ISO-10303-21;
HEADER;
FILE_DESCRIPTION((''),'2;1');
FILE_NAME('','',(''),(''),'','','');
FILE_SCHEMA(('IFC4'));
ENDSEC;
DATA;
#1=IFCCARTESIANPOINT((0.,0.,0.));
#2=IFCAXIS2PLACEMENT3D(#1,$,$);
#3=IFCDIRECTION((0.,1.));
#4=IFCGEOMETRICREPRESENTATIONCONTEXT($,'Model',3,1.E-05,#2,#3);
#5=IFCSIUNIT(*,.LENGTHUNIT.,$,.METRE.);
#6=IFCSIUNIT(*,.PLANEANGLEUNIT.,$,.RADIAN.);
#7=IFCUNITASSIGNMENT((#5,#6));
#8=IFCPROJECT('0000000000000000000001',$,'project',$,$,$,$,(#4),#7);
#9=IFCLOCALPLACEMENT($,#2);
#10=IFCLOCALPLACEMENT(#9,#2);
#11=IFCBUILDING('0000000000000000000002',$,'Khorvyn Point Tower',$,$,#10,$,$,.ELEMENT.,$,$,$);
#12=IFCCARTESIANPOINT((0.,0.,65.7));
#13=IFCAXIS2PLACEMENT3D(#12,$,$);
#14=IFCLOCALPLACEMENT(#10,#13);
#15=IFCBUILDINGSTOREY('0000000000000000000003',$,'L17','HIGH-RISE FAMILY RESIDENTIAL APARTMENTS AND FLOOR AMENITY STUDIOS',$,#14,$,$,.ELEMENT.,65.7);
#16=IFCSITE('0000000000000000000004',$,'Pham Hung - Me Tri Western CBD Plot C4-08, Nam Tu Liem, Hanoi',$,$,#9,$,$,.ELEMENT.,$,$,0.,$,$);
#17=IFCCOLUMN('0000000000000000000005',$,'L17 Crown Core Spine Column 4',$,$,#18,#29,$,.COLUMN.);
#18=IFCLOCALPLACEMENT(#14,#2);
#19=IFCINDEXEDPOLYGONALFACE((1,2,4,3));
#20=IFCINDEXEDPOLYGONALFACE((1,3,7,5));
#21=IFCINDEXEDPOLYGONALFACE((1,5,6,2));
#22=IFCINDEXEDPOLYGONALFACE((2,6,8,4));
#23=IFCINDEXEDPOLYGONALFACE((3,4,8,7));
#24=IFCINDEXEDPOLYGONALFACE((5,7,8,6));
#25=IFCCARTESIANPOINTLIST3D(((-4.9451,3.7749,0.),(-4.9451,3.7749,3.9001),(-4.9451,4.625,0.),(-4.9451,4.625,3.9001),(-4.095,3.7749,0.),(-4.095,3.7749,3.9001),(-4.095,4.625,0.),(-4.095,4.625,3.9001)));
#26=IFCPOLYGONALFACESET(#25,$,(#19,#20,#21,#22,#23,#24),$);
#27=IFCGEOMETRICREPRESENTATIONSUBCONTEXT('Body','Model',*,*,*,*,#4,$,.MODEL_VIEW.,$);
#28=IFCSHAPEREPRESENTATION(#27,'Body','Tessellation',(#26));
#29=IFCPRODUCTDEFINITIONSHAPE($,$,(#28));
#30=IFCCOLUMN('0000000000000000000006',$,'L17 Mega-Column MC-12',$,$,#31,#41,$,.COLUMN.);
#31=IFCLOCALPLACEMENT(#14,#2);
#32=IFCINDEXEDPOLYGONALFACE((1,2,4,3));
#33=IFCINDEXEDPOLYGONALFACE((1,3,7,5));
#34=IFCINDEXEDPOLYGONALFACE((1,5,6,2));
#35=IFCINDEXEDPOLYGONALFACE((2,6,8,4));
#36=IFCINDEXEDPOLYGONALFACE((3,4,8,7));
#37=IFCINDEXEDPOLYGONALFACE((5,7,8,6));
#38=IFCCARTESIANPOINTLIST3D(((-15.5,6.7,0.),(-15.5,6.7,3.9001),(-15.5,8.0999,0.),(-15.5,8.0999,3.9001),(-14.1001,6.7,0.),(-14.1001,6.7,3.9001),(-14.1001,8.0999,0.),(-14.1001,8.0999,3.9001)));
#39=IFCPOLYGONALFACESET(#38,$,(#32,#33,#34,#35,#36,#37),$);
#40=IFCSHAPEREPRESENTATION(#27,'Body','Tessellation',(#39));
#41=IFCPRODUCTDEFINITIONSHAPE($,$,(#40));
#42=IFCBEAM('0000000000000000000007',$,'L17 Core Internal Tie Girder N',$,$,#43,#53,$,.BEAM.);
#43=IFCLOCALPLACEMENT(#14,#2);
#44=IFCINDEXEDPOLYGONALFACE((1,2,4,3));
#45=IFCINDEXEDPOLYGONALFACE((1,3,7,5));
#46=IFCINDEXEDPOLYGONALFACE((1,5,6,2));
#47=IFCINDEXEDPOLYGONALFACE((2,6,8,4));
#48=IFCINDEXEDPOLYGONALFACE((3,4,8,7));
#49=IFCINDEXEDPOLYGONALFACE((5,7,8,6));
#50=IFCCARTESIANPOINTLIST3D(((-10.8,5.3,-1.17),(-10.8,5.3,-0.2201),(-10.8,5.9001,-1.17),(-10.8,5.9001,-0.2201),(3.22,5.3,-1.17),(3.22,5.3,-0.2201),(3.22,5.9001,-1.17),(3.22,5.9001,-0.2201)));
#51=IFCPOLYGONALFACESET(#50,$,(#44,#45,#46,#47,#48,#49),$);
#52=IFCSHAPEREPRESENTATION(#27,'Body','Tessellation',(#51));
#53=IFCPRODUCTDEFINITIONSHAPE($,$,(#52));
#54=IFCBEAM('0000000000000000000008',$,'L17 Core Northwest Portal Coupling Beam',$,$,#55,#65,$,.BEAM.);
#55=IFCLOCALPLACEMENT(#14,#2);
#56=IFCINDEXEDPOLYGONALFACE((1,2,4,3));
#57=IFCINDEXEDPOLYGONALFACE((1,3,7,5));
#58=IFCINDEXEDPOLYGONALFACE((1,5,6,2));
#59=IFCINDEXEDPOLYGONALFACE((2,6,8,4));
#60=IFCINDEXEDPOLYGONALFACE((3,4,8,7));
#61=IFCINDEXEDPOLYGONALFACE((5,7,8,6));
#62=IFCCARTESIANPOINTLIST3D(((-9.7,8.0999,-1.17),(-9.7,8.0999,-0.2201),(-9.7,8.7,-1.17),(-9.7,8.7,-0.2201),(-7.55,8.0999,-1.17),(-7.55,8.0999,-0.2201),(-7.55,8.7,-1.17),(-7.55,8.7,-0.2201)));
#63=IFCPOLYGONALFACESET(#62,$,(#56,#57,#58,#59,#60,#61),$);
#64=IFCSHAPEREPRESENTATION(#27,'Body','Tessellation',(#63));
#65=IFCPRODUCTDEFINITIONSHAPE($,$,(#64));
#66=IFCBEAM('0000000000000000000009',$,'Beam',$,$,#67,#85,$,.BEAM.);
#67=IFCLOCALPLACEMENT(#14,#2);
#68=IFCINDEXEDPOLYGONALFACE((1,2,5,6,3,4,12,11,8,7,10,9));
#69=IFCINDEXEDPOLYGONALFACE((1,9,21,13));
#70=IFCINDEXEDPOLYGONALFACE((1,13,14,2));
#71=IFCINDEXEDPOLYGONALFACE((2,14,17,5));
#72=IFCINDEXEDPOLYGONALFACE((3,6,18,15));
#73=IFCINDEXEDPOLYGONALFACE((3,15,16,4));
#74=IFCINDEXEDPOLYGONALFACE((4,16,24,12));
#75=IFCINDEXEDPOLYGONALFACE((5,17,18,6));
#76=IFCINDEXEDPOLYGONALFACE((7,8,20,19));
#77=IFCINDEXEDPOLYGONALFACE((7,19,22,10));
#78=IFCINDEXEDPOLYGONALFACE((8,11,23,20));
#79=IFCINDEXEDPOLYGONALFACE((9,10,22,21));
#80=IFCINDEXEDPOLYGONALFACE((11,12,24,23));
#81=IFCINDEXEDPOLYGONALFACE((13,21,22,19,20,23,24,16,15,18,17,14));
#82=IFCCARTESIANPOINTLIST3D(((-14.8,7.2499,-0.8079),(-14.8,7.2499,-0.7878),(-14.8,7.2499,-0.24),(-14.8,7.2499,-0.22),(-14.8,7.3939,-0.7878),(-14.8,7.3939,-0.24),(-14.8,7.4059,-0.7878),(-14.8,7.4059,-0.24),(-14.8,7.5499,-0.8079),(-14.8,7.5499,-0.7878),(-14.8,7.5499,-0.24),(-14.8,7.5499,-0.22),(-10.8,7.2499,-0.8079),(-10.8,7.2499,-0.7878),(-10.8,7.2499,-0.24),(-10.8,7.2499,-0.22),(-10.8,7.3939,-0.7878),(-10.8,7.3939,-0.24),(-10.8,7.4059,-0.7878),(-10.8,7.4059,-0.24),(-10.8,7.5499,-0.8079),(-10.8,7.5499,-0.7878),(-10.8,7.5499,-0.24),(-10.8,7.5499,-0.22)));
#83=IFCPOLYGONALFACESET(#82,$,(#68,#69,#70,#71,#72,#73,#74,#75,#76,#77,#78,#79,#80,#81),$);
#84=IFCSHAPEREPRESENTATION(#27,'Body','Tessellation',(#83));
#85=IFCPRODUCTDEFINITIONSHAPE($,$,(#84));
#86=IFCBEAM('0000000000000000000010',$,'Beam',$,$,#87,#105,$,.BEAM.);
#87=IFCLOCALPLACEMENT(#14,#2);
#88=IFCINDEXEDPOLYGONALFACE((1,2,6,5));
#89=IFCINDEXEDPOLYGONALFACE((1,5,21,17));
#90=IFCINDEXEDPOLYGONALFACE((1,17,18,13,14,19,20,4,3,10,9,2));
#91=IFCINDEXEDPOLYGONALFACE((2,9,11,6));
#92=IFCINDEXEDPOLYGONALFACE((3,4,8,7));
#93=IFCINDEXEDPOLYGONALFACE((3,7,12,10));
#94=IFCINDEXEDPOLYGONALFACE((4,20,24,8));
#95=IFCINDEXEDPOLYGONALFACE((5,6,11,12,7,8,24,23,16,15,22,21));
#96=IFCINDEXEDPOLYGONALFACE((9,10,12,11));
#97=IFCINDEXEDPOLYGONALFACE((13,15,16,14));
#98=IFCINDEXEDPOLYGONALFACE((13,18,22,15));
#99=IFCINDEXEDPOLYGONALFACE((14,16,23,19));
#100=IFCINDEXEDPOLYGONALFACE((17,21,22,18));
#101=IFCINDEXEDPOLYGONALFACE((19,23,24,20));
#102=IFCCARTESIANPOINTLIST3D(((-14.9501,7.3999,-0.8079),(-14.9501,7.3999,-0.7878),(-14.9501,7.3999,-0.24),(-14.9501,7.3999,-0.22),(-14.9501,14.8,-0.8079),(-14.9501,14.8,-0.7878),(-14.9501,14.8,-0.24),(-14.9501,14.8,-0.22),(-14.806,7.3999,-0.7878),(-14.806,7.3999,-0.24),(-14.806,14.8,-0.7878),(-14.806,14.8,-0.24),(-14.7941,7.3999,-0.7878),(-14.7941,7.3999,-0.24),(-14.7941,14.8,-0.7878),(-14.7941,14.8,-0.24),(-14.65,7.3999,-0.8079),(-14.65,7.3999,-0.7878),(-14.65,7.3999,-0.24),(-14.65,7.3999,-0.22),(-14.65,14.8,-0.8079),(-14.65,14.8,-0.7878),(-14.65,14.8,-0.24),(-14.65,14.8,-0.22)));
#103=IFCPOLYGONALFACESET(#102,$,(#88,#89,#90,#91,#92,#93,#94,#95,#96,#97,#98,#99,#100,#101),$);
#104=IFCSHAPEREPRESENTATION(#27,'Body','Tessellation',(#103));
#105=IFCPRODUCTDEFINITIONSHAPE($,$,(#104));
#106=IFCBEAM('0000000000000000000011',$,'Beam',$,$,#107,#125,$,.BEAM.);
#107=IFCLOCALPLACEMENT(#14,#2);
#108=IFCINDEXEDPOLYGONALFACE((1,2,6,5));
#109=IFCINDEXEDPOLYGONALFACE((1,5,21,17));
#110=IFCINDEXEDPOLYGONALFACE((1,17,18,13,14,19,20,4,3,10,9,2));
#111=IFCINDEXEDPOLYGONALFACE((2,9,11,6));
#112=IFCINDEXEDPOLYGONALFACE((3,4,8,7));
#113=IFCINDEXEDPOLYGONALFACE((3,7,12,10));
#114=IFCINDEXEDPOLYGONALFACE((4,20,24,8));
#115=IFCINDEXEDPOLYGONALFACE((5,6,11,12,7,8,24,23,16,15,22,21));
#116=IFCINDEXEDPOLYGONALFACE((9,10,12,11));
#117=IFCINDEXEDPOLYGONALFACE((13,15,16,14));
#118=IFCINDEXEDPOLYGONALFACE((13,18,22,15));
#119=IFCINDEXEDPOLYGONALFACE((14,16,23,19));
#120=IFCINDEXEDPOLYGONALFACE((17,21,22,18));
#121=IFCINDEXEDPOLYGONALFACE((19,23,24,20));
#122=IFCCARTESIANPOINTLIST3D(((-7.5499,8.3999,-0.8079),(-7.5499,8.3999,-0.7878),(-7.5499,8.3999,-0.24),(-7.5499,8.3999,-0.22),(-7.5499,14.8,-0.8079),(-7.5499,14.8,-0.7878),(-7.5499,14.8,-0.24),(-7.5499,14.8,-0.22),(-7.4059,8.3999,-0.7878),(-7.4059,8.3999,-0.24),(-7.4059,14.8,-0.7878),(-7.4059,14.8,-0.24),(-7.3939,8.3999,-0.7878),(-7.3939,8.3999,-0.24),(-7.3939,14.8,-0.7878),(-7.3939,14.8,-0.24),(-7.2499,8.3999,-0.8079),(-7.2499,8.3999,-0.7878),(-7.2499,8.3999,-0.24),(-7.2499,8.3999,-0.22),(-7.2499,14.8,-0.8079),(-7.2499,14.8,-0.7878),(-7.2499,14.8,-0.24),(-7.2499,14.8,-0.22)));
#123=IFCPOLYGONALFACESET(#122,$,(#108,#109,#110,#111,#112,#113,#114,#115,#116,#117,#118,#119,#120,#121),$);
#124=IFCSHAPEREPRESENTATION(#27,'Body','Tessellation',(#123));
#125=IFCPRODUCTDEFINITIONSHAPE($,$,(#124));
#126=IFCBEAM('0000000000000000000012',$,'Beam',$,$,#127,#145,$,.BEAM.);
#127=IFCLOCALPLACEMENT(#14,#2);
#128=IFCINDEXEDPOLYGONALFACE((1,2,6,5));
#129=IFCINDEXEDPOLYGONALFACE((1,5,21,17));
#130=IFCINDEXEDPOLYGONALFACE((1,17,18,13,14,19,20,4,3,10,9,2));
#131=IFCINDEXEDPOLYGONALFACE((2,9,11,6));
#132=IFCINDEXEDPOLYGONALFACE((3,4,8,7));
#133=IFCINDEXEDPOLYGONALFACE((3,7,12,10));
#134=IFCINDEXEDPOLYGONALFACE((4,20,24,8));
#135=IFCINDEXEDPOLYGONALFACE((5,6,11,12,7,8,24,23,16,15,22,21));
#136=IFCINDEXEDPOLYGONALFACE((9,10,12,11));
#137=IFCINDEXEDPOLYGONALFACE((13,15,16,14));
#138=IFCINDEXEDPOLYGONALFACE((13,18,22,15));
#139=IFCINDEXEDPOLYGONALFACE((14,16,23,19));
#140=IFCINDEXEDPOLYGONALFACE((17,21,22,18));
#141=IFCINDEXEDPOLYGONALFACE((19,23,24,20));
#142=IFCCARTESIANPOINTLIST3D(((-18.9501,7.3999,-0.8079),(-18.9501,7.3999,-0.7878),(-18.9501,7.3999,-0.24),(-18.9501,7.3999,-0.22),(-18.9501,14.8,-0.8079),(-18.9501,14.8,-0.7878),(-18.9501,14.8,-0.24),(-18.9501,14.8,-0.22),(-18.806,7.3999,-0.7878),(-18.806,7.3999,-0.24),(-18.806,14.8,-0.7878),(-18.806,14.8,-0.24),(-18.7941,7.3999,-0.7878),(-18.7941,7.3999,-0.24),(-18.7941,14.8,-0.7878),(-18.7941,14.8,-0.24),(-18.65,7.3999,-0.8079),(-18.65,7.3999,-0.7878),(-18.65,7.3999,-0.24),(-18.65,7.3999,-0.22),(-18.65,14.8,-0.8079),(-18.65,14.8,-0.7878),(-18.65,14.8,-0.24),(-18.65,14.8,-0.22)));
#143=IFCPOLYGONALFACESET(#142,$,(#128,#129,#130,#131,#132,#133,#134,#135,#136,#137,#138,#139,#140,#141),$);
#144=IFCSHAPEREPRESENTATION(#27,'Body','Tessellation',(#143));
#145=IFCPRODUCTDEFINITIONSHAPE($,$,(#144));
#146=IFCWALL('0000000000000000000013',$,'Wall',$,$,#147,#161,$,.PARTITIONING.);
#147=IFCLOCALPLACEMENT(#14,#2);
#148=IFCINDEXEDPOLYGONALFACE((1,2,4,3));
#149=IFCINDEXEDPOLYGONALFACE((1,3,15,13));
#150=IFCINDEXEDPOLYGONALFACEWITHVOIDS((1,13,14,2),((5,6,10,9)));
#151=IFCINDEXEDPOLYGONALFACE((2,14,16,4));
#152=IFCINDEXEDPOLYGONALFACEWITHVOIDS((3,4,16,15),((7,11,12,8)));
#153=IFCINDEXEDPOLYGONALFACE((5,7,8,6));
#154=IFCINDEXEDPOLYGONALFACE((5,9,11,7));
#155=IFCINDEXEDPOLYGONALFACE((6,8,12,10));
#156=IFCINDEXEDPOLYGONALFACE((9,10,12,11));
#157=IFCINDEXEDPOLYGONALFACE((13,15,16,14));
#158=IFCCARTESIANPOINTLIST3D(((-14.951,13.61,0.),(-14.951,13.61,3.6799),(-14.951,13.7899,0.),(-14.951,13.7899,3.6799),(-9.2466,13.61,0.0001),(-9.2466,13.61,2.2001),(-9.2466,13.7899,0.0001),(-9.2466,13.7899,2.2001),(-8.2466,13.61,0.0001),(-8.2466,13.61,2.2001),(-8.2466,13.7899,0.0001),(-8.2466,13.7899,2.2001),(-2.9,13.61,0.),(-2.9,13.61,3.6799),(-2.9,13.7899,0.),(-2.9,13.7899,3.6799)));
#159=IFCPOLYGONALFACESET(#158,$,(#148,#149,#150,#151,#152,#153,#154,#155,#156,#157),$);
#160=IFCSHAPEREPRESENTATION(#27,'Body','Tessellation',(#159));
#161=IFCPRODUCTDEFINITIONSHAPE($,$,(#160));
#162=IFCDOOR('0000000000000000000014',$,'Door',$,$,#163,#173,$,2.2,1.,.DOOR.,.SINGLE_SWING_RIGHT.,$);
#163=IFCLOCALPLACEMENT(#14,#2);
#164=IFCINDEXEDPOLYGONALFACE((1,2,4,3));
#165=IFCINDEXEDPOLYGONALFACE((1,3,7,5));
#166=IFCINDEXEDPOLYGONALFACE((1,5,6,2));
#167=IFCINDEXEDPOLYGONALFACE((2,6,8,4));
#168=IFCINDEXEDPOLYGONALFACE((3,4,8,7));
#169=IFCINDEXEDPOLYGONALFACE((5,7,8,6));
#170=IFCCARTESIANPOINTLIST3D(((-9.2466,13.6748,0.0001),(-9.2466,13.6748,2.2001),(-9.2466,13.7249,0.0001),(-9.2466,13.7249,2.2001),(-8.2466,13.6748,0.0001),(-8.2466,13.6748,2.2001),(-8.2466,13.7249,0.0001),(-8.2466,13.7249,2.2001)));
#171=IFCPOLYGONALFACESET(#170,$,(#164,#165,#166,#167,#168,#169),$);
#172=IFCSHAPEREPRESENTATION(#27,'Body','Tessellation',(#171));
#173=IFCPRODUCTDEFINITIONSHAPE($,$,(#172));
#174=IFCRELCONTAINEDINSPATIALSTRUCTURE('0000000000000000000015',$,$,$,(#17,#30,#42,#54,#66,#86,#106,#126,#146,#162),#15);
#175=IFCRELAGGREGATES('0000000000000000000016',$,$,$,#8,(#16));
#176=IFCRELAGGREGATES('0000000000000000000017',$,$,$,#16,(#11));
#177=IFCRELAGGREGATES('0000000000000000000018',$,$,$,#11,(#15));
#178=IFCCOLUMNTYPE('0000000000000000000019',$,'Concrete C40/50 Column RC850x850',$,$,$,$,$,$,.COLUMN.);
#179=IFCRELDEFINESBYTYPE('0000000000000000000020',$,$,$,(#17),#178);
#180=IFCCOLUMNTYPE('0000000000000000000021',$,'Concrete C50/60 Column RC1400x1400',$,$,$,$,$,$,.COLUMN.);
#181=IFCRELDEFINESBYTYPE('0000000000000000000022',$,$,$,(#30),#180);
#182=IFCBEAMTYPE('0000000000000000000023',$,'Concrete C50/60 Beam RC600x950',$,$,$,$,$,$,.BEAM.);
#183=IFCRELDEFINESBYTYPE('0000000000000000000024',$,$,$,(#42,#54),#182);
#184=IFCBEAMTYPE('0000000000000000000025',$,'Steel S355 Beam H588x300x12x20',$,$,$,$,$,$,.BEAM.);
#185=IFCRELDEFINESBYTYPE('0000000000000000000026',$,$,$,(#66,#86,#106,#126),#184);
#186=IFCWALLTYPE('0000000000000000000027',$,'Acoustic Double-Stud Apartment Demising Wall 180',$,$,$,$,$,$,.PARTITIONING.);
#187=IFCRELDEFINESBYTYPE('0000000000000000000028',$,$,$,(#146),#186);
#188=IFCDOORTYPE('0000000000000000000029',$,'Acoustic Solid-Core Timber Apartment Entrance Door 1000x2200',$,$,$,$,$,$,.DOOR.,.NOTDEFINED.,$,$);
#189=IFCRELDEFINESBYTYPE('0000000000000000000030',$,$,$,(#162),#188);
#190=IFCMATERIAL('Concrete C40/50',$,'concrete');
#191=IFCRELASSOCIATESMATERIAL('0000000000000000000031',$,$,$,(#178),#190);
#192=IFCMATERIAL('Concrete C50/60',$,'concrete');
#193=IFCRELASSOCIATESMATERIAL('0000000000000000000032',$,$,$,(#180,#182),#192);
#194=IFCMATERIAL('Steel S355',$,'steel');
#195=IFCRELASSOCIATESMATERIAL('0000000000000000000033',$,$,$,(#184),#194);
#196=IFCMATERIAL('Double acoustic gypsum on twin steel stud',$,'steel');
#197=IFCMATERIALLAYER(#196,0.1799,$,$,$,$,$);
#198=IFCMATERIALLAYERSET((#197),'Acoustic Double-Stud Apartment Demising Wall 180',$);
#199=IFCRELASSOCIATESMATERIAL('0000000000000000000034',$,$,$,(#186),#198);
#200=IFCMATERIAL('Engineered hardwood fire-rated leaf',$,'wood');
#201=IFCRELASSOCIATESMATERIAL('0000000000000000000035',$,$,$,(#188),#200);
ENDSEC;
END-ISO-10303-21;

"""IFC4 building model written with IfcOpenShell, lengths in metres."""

from ifc_helpers import new_model, si_unit, direction, frame, frame_2d, origin, origin_2d, place, context, subcontext, project, spatial, rectangle, i_section, extrude, material, layer, layer_set, material_profile, profile_set, type_object, element, fill, save


model = new_model("IFC4")

# Units and contexts
model_context = context("Model", 3, precision=1e-05, world=origin(), true_north=direction((0.0, 1.0)))
body_context = subcontext(model_context, "Body", "Model", "MODEL_VIEW")
ifc_project = project(units=[si_unit("LENGTHUNIT", "METRE"), si_unit("PLANEANGLEUNIT", "RADIAN")], contexts=[model_context])

# Site, building, storey
site_placement = place(None, origin())
site = spatial("IfcSite", under=ifc_project, at=site_placement, Name="Pham Hung - Me Tri Western CBD Plot C4-08, Nam Tu Liem, Hanoi", CompositionType="ELEMENT", RefElevation=0.0)
building_placement = place(site_placement, origin())
building = spatial("IfcBuilding", under=site, at=building_placement, Name="Khorvyn Point Tower", CompositionType="ELEMENT")
storey_placement = place(building_placement, frame((0.0, 0.0, 65.7)))
storey = spatial("IfcBuildingStorey", under=building, at=storey_placement, Name="L17", Description="HIGH-RISE FAMILY RESIDENTIAL APARTMENTS AND FLOOR AMENITY STUDIOS", CompositionType="ELEMENT", Elevation=65.7)

# Columns
ifc_material_1 = material(Name="Concrete C40/50", Category="concrete")
ifc_material_profile_1 = material_profile(ifc_material_1, rectangle(XDim=0.8501, YDim=0.8501, at=origin_2d()))
ifc_profile_set_1 = profile_set([ifc_material_profile_1], Name="Concrete C40/50 RC850x850")
column_type_1 = type_object("IfcColumnType", Name="Concrete C40/50 Column RC850x850", PredefinedType="COLUMN", material=ifc_profile_set_1)
column_1_placement = place(storey_placement, frame((-4.52, 4.2, 0.0), z_axis=(0.0, 0.0, 1.0), x_axis=(1.0, 0.0, 0.0)))
element("IfcColumn", 1, at=column_1_placement, inside=storey, type_object=column_type_1, Name="L17 Crown Core Spine Column 4", PredefinedType="COLUMN", context=body_context, shape_type="SweptSolid", body=[
    extrude(rectangle(XDim=0.8501, YDim=0.8501, at=origin_2d()), origin(), (0.0, 0.0, 1.0), 3.9001),
])
ifc_material_2 = material(Name="Concrete C50/60", Category="concrete")
ifc_material_profile_2 = material_profile(ifc_material_2, rectangle(XDim=1.3999, YDim=1.3999, at=origin_2d()))
ifc_profile_set_2 = profile_set([ifc_material_profile_2], Name="Concrete C50/60 RC1400x1400")
column_type_2 = type_object("IfcColumnType", Name="Concrete C50/60 Column RC1400x1400", PredefinedType="COLUMN", material=ifc_profile_set_2)
column_2_placement = place(storey_placement, frame((-14.8, 7.3999, 0.0), z_axis=(0.0, 0.0, 1.0), x_axis=(1.0, 0.0, 0.0)))
element("IfcColumn", 2, at=column_2_placement, inside=storey, type_object=column_type_2, Name="L17 Mega-Column MC-12", PredefinedType="COLUMN", context=body_context, shape_type="SweptSolid", body=[
    extrude(rectangle(XDim=1.3999, YDim=1.3999, at=origin_2d()), origin(), (0.0, 0.0, 1.0), 3.9001),
])

# Beams
ifc_material_profile_3 = material_profile(ifc_material_2, rectangle(XDim=0.6001, YDim=0.95, at=origin_2d()))
ifc_profile_set_3 = profile_set([ifc_material_profile_3], Name="Concrete C50/60 RC600x950")
beam_type_1 = type_object("IfcBeamType", Name="Concrete C50/60 Beam RC600x950", PredefinedType="BEAM", material=ifc_profile_set_3)
beam_1_placement = place(storey_placement, frame((-10.8, 5.6001, -0.6951), z_axis=(1.0, 0.0, 0.0), x_axis=(0.0, 1.0, 0.0)))
element("IfcBeam", 3, at=beam_1_placement, inside=storey, type_object=beam_type_1, Name="L17 Core Internal Tie Girder N", PredefinedType="BEAM", context=body_context, shape_type="SweptSolid", body=[
    extrude(rectangle(XDim=0.6001, YDim=0.95, at=origin_2d()), origin(), (0.0, 0.0, 1.0), 14.02),
])
beam_2_placement = place(storey_placement, frame((-9.7, 8.3999, -0.6951), z_axis=(1.0, 0.0, 0.0), x_axis=(0.0, 1.0, 0.0)))
element("IfcBeam", 4, at=beam_2_placement, inside=storey, type_object=beam_type_1, Name="L17 Core Northwest Portal Coupling Beam", PredefinedType="BEAM", context=body_context, shape_type="SweptSolid", body=[
    extrude(rectangle(XDim=0.6001, YDim=0.95, at=origin_2d()), origin(), (0.0, 0.0, 1.0), 2.1499),
])
ifc_material_3 = material(Name="Steel S355", Category="steel")
ifc_material_profile_4 = material_profile(ifc_material_3, i_section(OverallWidth=0.3, OverallDepth=0.5879, WebThickness=0.012, FlangeThickness=0.02, at=origin_2d()))
ifc_profile_set_4 = profile_set([ifc_material_profile_4], Name="Steel S355 H588x300x12x20")
beam_type_2 = type_object("IfcBeamType", Name="Steel S355 Beam H588x300x12x20", PredefinedType="BEAM", material=ifc_profile_set_4)
beam_3_placement = place(storey_placement, frame((-14.8, 7.3999, -0.5139), z_axis=(1.0, 0.0, 0.0), x_axis=(0.0, 1.0, 0.0)))
element("IfcBeam", 5, at=beam_3_placement, inside=storey, type_object=beam_type_2, Name="Beam", PredefinedType="BEAM", context=body_context, shape_type="SweptSolid", body=[
    extrude(i_section(OverallWidth=0.3, OverallDepth=0.5879, WebThickness=0.012, FlangeThickness=0.02, at=origin_2d()), origin(), (0.0, 0.0, 1.0), 4.0),
])
beam_4_placement = place(storey_placement, frame((-14.8, 7.3999, -0.5139), z_axis=(0.0, 1.0, 0.0), x_axis=(-1.0, 0.0, 0.0)))
element("IfcBeam", 6, at=beam_4_placement, inside=storey, type_object=beam_type_2, Name="Beam", PredefinedType="BEAM", context=body_context, shape_type="SweptSolid", body=[
    extrude(i_section(OverallWidth=0.3, OverallDepth=0.5879, WebThickness=0.012, FlangeThickness=0.02, at=origin_2d()), origin(), (0.0, 0.0, 1.0), 7.4001),
])
beam_5_placement = place(storey_placement, frame((-7.3999, 8.3999, -0.5139), z_axis=(0.0, 1.0, 0.0), x_axis=(-1.0, 0.0, 0.0)))
element("IfcBeam", 7, at=beam_5_placement, inside=storey, type_object=beam_type_2, Name="Beam", PredefinedType="BEAM", context=body_context, shape_type="SweptSolid", body=[
    extrude(i_section(OverallWidth=0.3, OverallDepth=0.5879, WebThickness=0.012, FlangeThickness=0.02, at=origin_2d()), origin(), (0.0, 0.0, 1.0), 6.4001),
])
beam_6_placement = place(storey_placement, frame((-18.8, 7.3999, -0.5139), z_axis=(0.0, 1.0, 0.0), x_axis=(-1.0, 0.0, 0.0)))
element("IfcBeam", 8, at=beam_6_placement, inside=storey, type_object=beam_type_2, Name="Beam", PredefinedType="BEAM", context=body_context, shape_type="SweptSolid", body=[
    extrude(i_section(OverallWidth=0.3, OverallDepth=0.5879, WebThickness=0.012, FlangeThickness=0.02, at=origin_2d()), origin(), (0.0, 0.0, 1.0), 7.4001),
])

# Wall, opening, door
ifc_material_4 = material(Name="Double acoustic gypsum on twin steel stud", Category="steel")
ifc_layer_1 = layer(ifc_material_4, 0.1799)
ifc_layer_set_1 = layer_set([ifc_layer_1], Name="Acoustic Double-Stud Apartment Demising Wall 180")
wall_type_1 = type_object("IfcWallType", Name="Acoustic Double-Stud Apartment Demising Wall 180", PredefinedType="PARTITIONING", material=ifc_layer_set_1)
wall_1_placement = place(storey_placement, frame((-14.9509, 13.7, 0.0), z_axis=(0.0, 0.0, 1.0), x_axis=(1.0, 0.0, 0.0)))
wall_1 = element("IfcWall", 9, at=wall_1_placement, inside=storey, type_object=wall_type_1, Name="Wall", PredefinedType="PARTITIONING", context=body_context, shape_type="SweptSolid", body=[
    extrude(rectangle(XDim=12.051, YDim=0.1799, at=frame_2d((6.0254, 0.0))), origin(), (0.0, 0.0, 1.0), 3.6799),
])
opening_1_placement = place(wall_1_placement, frame((5.7043, 0.0, 0.0)))
opening_1 = element("IfcOpeningElement", 10, at=opening_1_placement, cuts=wall_1, PredefinedType="OPENING", context=body_context, shape_type="SweptSolid", body=[
    extrude(rectangle(XDim=1.0, YDim=2.2, at=frame_2d((0.5, 1.1001))), frame((0.0, 0.0999, 0.0), z_axis=(0.0, -1.0, 0.0), x_axis=(1.0, 0.0, 0.0)), (0.0, 0.0, 1.0), 0.2),
])
ifc_material_5 = material(Name="Engineered hardwood fire-rated leaf", Category="wood")
door_type_1 = type_object("IfcDoorType", Name="Acoustic Solid-Core Timber Apartment Entrance Door 1000x2200", OperationType="NOTDEFINED", PredefinedType="DOOR", material=ifc_material_5)
door_1_placement = place(opening_1_placement, origin())
door_1 = element("IfcDoor", 11, at=door_1_placement, inside=storey, type_object=door_type_1, Name="Door", OperationType="SINGLE_SWING_RIGHT", OverallHeight=2.2, OverallWidth=1.0, PredefinedType="DOOR", context=body_context, shape_type="SweptSolid", body=[
    extrude(rectangle(XDim=1.0, YDim=2.2, at=frame_2d((0.5, 1.1001))), frame((0.0, 0.0249, 0.0), z_axis=(0.0, -1.0, 0.0), x_axis=(1.0, 0.0, 0.0)), (0.0, 0.0, 1.0), 0.05),
])
fill(opening_1, door_1)

save(model, "model.ifc")
